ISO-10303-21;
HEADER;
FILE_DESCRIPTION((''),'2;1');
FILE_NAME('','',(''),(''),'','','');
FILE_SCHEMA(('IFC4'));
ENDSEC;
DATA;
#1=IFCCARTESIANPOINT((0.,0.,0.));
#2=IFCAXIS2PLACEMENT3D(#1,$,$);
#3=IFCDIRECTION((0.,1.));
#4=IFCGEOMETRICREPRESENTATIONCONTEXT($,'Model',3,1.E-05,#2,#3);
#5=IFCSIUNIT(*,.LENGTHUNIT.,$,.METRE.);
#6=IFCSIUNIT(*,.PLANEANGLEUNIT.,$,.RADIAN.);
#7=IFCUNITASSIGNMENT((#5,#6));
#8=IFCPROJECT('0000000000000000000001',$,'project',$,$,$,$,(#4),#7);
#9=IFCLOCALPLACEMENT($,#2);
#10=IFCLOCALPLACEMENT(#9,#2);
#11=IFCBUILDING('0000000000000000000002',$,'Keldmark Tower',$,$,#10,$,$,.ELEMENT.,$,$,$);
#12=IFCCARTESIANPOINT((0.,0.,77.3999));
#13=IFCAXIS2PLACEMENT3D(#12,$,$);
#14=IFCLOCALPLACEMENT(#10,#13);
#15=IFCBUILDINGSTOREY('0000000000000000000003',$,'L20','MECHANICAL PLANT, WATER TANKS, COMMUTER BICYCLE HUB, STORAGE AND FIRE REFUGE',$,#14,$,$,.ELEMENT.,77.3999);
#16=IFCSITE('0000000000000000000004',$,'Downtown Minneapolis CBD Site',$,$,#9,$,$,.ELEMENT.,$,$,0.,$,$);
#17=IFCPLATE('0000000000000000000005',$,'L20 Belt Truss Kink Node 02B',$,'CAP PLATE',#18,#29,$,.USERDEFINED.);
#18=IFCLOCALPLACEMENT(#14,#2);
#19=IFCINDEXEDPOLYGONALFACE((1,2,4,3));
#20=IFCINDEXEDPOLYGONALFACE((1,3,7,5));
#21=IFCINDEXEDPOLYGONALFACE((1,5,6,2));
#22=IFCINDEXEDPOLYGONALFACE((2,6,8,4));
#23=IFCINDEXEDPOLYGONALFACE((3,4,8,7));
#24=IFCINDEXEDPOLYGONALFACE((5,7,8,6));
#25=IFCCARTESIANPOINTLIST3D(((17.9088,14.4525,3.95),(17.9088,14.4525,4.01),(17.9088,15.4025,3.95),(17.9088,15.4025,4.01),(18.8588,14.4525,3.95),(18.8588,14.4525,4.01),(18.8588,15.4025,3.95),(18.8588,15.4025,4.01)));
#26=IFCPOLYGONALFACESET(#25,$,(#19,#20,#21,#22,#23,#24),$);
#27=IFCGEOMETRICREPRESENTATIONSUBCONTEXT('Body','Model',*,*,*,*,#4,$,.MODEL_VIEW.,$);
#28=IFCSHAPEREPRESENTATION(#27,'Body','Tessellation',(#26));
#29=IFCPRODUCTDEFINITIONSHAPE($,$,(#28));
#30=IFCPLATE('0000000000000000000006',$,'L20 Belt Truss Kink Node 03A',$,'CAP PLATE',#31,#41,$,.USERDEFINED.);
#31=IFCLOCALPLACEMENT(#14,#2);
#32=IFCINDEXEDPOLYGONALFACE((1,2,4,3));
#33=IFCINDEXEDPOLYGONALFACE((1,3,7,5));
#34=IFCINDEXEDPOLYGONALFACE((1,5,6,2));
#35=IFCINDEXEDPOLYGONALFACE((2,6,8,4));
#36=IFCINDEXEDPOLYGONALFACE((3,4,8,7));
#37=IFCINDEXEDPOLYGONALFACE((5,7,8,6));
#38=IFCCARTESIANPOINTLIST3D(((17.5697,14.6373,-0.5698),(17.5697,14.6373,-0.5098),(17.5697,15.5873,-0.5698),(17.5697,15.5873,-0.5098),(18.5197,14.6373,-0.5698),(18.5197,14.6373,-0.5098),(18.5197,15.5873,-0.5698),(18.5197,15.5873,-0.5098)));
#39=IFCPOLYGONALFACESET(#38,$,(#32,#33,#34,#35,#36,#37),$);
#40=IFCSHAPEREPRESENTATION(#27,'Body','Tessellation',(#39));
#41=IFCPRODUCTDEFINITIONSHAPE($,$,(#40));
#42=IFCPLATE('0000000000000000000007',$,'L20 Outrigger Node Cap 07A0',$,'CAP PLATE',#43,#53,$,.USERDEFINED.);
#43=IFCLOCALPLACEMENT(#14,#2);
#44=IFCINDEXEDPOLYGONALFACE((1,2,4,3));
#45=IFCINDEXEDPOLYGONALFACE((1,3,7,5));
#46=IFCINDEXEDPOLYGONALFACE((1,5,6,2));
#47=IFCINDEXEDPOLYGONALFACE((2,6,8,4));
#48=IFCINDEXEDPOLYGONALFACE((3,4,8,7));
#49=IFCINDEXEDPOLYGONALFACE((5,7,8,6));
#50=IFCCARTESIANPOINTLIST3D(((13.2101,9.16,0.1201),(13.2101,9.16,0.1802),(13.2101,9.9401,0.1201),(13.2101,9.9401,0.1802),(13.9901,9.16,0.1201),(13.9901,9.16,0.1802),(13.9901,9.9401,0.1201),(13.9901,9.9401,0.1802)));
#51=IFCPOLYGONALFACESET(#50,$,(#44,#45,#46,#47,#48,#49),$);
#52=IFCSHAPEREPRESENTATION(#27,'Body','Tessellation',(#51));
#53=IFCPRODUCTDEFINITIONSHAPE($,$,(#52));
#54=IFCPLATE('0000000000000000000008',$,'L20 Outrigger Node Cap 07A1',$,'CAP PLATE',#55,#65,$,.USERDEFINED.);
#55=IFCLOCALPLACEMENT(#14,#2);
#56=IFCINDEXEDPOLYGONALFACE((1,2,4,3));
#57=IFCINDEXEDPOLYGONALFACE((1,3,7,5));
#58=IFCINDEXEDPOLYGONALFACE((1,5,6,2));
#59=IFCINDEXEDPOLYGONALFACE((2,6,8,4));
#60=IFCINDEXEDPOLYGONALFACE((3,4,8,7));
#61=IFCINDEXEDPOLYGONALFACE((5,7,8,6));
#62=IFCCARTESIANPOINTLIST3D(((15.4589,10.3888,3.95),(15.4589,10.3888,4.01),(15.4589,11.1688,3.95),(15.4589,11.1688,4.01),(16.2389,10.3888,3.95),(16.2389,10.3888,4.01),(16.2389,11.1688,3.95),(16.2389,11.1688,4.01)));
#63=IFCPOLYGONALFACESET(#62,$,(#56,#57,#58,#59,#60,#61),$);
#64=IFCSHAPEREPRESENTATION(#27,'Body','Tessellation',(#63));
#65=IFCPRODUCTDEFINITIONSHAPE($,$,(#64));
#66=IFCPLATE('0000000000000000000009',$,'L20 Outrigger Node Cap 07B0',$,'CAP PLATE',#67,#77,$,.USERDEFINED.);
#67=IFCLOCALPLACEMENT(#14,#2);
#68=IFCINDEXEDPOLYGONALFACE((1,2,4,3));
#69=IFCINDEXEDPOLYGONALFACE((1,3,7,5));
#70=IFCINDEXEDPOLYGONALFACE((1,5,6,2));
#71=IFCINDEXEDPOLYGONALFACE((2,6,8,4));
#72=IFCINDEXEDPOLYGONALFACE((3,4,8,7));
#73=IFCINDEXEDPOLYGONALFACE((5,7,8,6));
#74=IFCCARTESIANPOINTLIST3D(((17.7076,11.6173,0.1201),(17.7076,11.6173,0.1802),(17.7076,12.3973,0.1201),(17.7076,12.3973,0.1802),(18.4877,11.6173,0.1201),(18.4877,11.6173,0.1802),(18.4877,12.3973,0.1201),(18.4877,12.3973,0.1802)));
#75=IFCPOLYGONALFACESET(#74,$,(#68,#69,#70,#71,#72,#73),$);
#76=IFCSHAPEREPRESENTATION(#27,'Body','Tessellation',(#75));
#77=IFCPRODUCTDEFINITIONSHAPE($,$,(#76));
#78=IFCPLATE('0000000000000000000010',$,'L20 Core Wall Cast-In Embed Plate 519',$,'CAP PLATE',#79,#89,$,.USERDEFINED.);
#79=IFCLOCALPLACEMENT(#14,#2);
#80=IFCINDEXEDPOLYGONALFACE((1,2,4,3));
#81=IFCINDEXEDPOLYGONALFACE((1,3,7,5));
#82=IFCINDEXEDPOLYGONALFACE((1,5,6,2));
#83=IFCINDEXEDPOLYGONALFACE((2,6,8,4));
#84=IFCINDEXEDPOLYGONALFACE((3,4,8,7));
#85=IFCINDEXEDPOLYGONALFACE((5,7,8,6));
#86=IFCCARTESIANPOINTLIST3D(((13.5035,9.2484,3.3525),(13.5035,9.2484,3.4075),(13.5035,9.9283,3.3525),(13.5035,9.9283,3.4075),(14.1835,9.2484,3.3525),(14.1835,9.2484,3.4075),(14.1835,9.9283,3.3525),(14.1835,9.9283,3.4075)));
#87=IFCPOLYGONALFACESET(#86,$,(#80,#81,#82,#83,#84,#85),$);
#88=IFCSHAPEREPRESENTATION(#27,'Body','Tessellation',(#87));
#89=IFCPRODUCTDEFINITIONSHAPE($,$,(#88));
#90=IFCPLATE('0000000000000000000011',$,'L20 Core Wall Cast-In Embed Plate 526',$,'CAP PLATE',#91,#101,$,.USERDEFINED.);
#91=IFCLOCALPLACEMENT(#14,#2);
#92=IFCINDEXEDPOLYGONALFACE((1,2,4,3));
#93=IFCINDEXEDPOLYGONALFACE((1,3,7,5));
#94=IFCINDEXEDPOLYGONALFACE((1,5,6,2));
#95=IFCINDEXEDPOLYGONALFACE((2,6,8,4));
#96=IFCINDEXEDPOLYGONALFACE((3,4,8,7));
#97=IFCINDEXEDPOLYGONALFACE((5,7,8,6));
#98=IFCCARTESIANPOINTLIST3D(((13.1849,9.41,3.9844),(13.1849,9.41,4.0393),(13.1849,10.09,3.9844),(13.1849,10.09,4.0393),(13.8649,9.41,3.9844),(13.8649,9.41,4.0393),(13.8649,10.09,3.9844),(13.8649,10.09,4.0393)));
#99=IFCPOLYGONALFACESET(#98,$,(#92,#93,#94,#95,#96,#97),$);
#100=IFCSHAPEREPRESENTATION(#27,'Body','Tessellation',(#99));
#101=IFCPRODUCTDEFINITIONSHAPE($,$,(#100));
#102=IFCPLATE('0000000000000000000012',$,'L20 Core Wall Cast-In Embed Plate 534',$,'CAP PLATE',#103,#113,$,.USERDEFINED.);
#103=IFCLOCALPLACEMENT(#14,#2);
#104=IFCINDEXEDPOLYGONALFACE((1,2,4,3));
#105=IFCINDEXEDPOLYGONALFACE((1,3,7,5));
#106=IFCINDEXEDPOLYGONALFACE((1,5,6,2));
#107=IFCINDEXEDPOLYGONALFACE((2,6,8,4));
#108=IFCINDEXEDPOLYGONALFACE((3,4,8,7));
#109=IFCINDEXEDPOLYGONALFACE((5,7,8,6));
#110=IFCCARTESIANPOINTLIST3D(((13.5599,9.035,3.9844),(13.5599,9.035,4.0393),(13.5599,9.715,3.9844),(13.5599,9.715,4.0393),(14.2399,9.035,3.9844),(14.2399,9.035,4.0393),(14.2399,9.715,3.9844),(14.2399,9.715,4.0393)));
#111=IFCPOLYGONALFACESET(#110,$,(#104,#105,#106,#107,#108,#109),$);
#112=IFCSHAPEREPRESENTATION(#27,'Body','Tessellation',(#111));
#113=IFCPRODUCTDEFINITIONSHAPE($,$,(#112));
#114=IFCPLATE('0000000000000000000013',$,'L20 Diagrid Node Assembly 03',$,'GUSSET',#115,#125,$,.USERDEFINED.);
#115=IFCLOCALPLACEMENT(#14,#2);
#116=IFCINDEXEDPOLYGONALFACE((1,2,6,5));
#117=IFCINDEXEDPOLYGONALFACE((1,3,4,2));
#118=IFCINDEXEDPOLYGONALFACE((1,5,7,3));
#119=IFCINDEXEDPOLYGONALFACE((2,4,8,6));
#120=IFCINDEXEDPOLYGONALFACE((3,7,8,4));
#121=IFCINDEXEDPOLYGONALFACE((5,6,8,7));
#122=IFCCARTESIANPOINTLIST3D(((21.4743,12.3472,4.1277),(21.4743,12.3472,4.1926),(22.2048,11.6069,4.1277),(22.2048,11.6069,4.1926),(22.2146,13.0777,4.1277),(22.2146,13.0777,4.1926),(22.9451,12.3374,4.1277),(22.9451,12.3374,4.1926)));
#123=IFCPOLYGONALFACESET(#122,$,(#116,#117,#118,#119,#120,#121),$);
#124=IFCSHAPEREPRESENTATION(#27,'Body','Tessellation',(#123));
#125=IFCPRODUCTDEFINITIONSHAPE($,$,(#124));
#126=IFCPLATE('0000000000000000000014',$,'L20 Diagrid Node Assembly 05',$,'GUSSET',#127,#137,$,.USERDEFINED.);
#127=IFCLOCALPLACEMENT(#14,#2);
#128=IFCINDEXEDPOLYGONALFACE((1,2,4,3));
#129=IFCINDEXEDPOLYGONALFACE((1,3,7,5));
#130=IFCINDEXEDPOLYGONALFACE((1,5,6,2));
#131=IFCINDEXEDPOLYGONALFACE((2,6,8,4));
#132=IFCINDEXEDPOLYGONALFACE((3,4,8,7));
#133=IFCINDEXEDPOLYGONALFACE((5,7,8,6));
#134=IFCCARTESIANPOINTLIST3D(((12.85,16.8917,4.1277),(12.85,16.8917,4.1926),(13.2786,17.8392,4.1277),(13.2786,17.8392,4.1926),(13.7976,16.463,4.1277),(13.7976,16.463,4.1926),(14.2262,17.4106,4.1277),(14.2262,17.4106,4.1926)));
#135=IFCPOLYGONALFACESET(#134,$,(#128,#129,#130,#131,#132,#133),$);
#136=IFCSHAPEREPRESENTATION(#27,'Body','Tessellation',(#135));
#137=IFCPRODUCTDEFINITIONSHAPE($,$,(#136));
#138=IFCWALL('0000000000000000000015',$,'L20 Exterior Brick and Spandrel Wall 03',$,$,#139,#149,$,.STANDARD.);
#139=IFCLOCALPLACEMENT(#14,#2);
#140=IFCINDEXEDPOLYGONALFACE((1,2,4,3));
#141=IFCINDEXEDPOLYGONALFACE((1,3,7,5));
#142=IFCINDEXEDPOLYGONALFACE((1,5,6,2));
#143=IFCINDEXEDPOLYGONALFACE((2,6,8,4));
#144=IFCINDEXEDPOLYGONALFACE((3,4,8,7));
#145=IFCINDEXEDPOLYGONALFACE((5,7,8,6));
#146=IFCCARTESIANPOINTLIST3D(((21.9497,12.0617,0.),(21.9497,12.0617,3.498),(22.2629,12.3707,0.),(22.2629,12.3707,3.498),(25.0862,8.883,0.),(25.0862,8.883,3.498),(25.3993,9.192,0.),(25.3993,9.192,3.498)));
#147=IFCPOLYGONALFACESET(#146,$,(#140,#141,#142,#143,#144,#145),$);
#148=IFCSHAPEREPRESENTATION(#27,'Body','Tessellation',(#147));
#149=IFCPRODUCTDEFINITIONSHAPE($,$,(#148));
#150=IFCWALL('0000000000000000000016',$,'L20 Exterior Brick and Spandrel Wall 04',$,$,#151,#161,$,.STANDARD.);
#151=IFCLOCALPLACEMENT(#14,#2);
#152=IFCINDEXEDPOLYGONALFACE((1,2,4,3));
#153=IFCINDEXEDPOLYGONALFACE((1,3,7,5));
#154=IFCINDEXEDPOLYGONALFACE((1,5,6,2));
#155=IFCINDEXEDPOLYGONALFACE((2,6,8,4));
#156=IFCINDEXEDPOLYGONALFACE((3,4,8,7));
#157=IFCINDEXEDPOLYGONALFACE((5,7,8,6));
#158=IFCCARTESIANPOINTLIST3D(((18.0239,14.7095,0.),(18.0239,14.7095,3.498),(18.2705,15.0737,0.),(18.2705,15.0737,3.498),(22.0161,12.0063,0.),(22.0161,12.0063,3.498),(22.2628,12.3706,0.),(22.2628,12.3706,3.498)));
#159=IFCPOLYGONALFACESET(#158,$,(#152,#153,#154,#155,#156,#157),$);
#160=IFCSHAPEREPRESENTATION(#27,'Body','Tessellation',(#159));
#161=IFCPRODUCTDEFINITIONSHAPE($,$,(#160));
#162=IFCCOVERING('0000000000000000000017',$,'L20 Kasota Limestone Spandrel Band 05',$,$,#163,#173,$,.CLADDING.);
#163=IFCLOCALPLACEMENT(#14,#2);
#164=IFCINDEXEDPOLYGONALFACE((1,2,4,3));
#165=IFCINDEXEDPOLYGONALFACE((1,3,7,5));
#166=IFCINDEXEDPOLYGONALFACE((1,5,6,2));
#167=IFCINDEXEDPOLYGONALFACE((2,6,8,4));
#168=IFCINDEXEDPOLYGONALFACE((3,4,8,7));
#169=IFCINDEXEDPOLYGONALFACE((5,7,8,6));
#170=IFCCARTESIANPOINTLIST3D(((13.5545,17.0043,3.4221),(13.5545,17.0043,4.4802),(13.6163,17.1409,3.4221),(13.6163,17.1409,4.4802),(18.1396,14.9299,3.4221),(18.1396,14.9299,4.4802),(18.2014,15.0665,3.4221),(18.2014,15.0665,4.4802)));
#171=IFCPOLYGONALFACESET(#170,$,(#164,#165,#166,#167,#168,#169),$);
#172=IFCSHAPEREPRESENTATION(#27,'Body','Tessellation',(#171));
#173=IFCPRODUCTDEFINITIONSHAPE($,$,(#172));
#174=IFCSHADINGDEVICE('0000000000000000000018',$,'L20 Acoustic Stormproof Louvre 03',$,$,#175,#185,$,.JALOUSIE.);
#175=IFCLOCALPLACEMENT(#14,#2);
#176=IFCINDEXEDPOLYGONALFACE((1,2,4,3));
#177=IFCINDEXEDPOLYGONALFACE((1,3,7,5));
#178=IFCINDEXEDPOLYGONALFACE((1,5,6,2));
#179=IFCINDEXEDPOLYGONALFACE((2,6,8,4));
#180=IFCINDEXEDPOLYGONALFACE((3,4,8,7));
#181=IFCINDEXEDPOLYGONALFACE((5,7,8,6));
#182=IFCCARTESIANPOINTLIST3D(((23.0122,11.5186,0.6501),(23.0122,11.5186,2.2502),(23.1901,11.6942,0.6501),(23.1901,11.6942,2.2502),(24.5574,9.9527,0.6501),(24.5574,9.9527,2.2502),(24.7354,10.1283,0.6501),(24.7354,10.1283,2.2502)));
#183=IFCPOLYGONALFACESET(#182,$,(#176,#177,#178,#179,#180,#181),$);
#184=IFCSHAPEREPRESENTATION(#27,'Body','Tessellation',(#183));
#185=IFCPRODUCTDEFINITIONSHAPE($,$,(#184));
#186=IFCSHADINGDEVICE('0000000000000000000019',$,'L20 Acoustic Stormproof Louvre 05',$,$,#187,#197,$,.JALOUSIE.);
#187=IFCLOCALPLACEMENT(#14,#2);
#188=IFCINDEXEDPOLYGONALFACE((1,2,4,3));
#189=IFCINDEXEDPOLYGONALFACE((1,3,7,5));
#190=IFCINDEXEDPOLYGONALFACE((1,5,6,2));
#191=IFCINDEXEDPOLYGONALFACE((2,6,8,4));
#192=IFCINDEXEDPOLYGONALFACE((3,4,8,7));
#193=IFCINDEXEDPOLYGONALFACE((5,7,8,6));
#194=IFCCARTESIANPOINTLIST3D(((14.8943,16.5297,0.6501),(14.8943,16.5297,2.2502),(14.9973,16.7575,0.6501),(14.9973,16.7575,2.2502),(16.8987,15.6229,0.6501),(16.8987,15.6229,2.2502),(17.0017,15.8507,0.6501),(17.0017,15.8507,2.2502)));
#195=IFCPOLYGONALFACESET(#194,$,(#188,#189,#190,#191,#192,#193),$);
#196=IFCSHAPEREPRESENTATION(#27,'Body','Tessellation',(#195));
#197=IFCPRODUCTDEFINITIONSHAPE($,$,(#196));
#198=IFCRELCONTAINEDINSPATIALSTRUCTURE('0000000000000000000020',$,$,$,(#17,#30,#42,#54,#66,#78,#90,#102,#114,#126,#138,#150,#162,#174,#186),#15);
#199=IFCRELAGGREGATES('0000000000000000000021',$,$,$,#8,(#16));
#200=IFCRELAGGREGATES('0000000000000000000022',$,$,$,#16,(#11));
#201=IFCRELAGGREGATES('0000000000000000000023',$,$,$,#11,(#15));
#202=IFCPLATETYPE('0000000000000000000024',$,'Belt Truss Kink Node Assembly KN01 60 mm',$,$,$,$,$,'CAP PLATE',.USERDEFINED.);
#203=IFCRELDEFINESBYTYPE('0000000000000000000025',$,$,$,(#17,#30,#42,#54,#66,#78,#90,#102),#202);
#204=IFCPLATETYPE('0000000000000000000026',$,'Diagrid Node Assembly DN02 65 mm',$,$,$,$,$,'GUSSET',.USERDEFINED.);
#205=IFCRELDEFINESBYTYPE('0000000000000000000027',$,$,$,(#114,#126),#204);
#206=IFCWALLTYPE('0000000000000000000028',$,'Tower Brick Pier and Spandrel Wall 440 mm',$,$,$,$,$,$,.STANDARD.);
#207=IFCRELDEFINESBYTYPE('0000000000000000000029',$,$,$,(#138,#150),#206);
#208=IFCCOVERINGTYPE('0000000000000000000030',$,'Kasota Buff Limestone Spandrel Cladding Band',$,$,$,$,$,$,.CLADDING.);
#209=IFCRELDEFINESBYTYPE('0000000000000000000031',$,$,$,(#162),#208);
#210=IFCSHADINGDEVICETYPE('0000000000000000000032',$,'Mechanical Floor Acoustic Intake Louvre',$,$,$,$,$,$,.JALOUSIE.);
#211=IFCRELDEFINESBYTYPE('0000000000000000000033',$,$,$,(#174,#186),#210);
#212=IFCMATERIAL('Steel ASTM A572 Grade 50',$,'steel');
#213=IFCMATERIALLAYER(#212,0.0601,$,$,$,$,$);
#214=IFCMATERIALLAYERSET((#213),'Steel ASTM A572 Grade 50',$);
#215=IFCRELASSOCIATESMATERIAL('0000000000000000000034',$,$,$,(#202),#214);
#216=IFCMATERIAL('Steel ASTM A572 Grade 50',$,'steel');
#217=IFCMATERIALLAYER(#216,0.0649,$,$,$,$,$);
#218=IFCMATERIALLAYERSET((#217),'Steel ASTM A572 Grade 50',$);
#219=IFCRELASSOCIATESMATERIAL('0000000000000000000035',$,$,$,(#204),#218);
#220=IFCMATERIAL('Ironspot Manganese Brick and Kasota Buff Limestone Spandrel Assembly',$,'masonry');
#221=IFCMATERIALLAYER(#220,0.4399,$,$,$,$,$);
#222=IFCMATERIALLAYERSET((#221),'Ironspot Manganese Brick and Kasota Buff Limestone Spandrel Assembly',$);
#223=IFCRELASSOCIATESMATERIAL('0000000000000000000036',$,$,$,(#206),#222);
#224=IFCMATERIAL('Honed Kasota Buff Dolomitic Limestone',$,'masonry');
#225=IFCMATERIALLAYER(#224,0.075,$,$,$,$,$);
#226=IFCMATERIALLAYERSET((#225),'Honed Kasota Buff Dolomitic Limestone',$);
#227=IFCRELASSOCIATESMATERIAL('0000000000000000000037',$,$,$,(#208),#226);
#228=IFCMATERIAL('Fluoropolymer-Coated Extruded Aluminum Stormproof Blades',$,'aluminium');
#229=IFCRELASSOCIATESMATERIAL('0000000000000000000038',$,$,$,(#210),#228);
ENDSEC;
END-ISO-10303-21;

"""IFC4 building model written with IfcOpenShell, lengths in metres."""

from ifc_helpers import new_model, si_unit, direction, frame, frame_2d, origin, origin_2d, place, context, subcontext, project, spatial, rectangle, extrude, material, layer, layer_set, type_object, element, save


model = new_model("IFC4")

# Units and contexts
model_context = context("Model", 3, precision=1e-05, world=origin(), true_north=direction((0.0, 1.0)))
body_context = subcontext(model_context, "Body", "Model", "MODEL_VIEW")
ifc_project = project(units=[si_unit("LENGTHUNIT", "METRE"), si_unit("PLANEANGLEUNIT", "RADIAN")], contexts=[model_context])

# Site, building, storey
site_placement = place(None, origin())
site = spatial("IfcSite", under=ifc_project, at=site_placement, Name="Downtown Minneapolis CBD Site", CompositionType="ELEMENT", RefElevation=0.0)
building_placement = place(site_placement, origin())
building = spatial("IfcBuilding", under=site, at=building_placement, Name="Keldmark Tower", CompositionType="ELEMENT")
storey_placement = place(building_placement, frame((0.0, 0.0, 77.3999)))
storey = spatial("IfcBuildingStorey", under=building, at=storey_placement, Name="L20", Description="MECHANICAL PLANT, WATER TANKS, COMMUTER BICYCLE HUB, STORAGE AND FIRE REFUGE", CompositionType="ELEMENT", Elevation=77.3999)

# Plates
ifc_material_1 = material(Name="Steel ASTM A572 Grade 50", Category="steel")
ifc_layer_1 = layer(ifc_material_1, 0.0601)
ifc_layer_set_1 = layer_set([ifc_layer_1], Name="Steel ASTM A572 Grade 50")
plate_type_1 = type_object("IfcPlateType", Name="Belt Truss Kink Node Assembly KN01 60 mm", ElementType="CAP PLATE", PredefinedType="USERDEFINED", material=ifc_layer_set_1)
for number, where, z_axis, x_axis, name in (
    (1, (18.3838, 14.9275, 3.95), (0.0, 0.0, 1.0), (1.0, 0.0, 0.0), "L20 Belt Truss Kink Node 02B"),
    (2, (18.0447, 15.1123, -0.5698), (0.0, 0.0, 1.0), (1.0, 0.0, 0.0), "L20 Belt Truss Kink Node 03A"),
):
    element("IfcPlate", number, at=place(storey_placement, frame(where, z_axis=z_axis, x_axis=x_axis)), inside=storey, type_object=plate_type_1, Name=name, ObjectType="CAP PLATE", PredefinedType="USERDEFINED", context=body_context, shape_type="SweptSolid", body=[
        extrude(rectangle(XDim=0.95, YDim=0.95, at=origin_2d()), origin(), (0.0, 0.0, 1.0), 0.0601),
    ])
for number, where, z_axis, x_axis, name in (
    (3, (13.6001, 9.55, 0.1201), (0.0, 0.0, 1.0), (1.0, 0.0, 0.0), "L20 Outrigger Node Cap 07A0"),
    (4, (15.8489, 10.7788, 3.95), (0.0, 0.0, 1.0), (1.0, 0.0, 0.0), "L20 Outrigger Node Cap 07A1"),
    (5, (18.0977, 12.0073, 0.1201), (0.0, 0.0, 1.0), (1.0, 0.0, 0.0), "L20 Outrigger Node Cap 07B0"),
):
    element("IfcPlate", number, at=place(storey_placement, frame(where, z_axis=z_axis, x_axis=x_axis)), inside=storey, type_object=plate_type_1, Name=name, ObjectType="CAP PLATE", PredefinedType="USERDEFINED", context=body_context, shape_type="SweptSolid", body=[
        extrude(rectangle(XDim=0.78, YDim=0.78, at=origin_2d()), origin(), (0.0, 0.0, 1.0), 0.0601),
    ])
for number, where, z_axis, x_axis, name in (
    (6, (13.8435, 9.5884, 3.3525), (0.0, 0.0, 1.0), (1.0, 0.0, 0.0), "L20 Core Wall Cast-In Embed Plate 519"),
    (7, (13.5249, 9.75, 3.9844), (0.0, 0.0, 1.0), (1.0, 0.0, 0.0), "L20 Core Wall Cast-In Embed Plate 526"),
    (8, (13.8999, 9.375, 3.9844), (0.0, 0.0, 1.0), (1.0, 0.0, 0.0), "L20 Core Wall Cast-In Embed Plate 534"),
):
    element("IfcPlate", number, at=place(storey_placement, frame(where, z_axis=z_axis, x_axis=x_axis)), inside=storey, type_object=plate_type_1, Name=name, ObjectType="CAP PLATE", PredefinedType="USERDEFINED", context=body_context, shape_type="SweptSolid", body=[
        extrude(rectangle(XDim=0.6799, YDim=0.6799, at=origin_2d()), origin(), (0.0, 0.0, 1.0), 0.0549),
    ])
ifc_material_2 = material(Name="Steel ASTM A572 Grade 50", Category="steel")
ifc_layer_2 = layer(ifc_material_2, 0.0649)
ifc_layer_set_2 = layer_set([ifc_layer_2], Name="Steel ASTM A572 Grade 50")
plate_type_2 = type_object("IfcPlateType", Name="Diagrid Node Assembly DN02 65 mm", ElementType="GUSSET", PredefinedType="USERDEFINED", material=ifc_layer_set_2)
for number, where, z_axis, x_axis, name in (
    (9, (22.2097, 12.3423, 4.1277), (0.0, 0.0, 1.0), (-0.702402, 0.711781, 0.0), "L20 Diagrid Node Assembly 03"),
    (10, (13.5381, 17.1511, 4.1277), (0.0, 0.0, 1.0), (-0.911116, 0.412151, 0.0), "L20 Diagrid Node Assembly 05"),
):
    element("IfcPlate", number, at=place(storey_placement, frame(where, z_axis=z_axis, x_axis=x_axis)), inside=storey, type_object=plate_type_2, Name=name, ObjectType="GUSSET", PredefinedType="USERDEFINED", context=body_context, shape_type="SweptSolid", body=[
        extrude(rectangle(XDim=1.04, YDim=1.04, at=origin_2d()), origin(), (0.0, 0.0, 1.0), 0.0649),
    ])

# Walls
ifc_material_3 = material(Name="Ironspot Manganese Brick and Kasota Buff Limestone Spandrel Assembly", Category="masonry")
ifc_layer_3 = layer(ifc_material_3, 0.4399)
ifc_layer_set_3 = layer_set([ifc_layer_3], Name="Ironspot Manganese Brick and Kasota Buff Limestone Spandrel Assembly")
wall_type = type_object("IfcWallType", Name="Tower Brick Pier and Spandrel Wall 440 mm", PredefinedType="STANDARD", material=ifc_layer_set_3)
wall_1_placement = place(storey_placement, frame((22.1062, 12.2163, 0.0), z_axis=(0.0, 0.0, 1.0), x_axis=(0.702362, -0.71182, 0.0)))
element("IfcWall", 11, at=wall_1_placement, inside=storey, type_object=wall_type, Name="L20 Exterior Brick and Spandrel Wall 03", PredefinedType="STANDARD", context=body_context, shape_type="SweptSolid", body=[
    extrude(rectangle(XDim=4.4656, YDim=0.4399, at=frame_2d((2.2329, 0.0))), origin(), (0.0, 0.0, 1.0), 3.498),
])
wall_2_placement = place(storey_placement, frame((18.1472, 14.8916, 0.0), z_axis=(0.0, 0.0, 1.0), x_axis=(0.82804, -0.560669, 0.0)))
element("IfcWall", 12, at=wall_2_placement, inside=storey, type_object=wall_type, Name="L20 Exterior Brick and Spandrel Wall 04", PredefinedType="STANDARD", context=body_context, shape_type="SweptSolid", body=[
    extrude(rectangle(XDim=4.8213, YDim=0.4399, at=frame_2d((2.4106, 0.0))), origin(), (0.0, 0.0, 1.0), 3.498),
])

# Covering
ifc_material_4 = material(Name="Honed Kasota Buff Dolomitic Limestone", Category="masonry")
ifc_layer_4 = layer(ifc_material_4, 0.075)
ifc_layer_set_4 = layer_set([ifc_layer_4], Name="Honed Kasota Buff Dolomitic Limestone")
covering_type = type_object("IfcCoveringType", Name="Kasota Buff Limestone Spandrel Cladding Band", PredefinedType="CLADDING", material=ifc_layer_set_4)
covering_placement = place(storey_placement, frame((15.8779, 16.0354, 3.4221), z_axis=(0.0, 0.0, 1.0), x_axis=(-0.911094, 0.412198, 0.0)))
element("IfcCovering", 13, at=covering_placement, inside=storey, type_object=covering_type, Name="L20 Kasota Limestone Spandrel Band 05", PredefinedType="CLADDING", context=body_context, shape_type="SweptSolid", body=[
    extrude(rectangle(XDim=5.0325, YDim=0.1499, at=origin_2d()), origin(), (0.0, 0.0, 1.0), 1.0581),
])

# Shading devices
ifc_material_5 = material(Name="Fluoropolymer-Coated Extruded Aluminum Stormproof Blades", Category="aluminium")
shading_device_type = type_object("IfcShadingDeviceType", Name="Mechanical Floor Acoustic Intake Louvre", PredefinedType="JALOUSIE", material=ifc_material_5)
for number, where, z_axis, x_axis, name in (
    (14, (23.8738, 10.8235, 0.6501), (0.0, 0.0, 1.0), (-0.702402, 0.711781, 0.0), "L20 Acoustic Stormproof Louvre 03"),
    (15, (15.948, 16.1902, 0.6501), (0.0, 0.0, 1.0), (-0.911094, 0.412198, 0.0), "L20 Acoustic Stormproof Louvre 05"),
):
    element("IfcShadingDevice", number, at=place(storey_placement, frame(where, z_axis=z_axis, x_axis=x_axis)), inside=storey, type_object=shading_device_type, Name=name, PredefinedType="JALOUSIE", context=body_context, shape_type="SweptSolid", body=[
        extrude(rectangle(XDim=2.2, YDim=0.25, at=origin_2d()), origin(), (0.0, 0.0, 1.0), 1.6001),
    ])

save(model, "model.ifc")
